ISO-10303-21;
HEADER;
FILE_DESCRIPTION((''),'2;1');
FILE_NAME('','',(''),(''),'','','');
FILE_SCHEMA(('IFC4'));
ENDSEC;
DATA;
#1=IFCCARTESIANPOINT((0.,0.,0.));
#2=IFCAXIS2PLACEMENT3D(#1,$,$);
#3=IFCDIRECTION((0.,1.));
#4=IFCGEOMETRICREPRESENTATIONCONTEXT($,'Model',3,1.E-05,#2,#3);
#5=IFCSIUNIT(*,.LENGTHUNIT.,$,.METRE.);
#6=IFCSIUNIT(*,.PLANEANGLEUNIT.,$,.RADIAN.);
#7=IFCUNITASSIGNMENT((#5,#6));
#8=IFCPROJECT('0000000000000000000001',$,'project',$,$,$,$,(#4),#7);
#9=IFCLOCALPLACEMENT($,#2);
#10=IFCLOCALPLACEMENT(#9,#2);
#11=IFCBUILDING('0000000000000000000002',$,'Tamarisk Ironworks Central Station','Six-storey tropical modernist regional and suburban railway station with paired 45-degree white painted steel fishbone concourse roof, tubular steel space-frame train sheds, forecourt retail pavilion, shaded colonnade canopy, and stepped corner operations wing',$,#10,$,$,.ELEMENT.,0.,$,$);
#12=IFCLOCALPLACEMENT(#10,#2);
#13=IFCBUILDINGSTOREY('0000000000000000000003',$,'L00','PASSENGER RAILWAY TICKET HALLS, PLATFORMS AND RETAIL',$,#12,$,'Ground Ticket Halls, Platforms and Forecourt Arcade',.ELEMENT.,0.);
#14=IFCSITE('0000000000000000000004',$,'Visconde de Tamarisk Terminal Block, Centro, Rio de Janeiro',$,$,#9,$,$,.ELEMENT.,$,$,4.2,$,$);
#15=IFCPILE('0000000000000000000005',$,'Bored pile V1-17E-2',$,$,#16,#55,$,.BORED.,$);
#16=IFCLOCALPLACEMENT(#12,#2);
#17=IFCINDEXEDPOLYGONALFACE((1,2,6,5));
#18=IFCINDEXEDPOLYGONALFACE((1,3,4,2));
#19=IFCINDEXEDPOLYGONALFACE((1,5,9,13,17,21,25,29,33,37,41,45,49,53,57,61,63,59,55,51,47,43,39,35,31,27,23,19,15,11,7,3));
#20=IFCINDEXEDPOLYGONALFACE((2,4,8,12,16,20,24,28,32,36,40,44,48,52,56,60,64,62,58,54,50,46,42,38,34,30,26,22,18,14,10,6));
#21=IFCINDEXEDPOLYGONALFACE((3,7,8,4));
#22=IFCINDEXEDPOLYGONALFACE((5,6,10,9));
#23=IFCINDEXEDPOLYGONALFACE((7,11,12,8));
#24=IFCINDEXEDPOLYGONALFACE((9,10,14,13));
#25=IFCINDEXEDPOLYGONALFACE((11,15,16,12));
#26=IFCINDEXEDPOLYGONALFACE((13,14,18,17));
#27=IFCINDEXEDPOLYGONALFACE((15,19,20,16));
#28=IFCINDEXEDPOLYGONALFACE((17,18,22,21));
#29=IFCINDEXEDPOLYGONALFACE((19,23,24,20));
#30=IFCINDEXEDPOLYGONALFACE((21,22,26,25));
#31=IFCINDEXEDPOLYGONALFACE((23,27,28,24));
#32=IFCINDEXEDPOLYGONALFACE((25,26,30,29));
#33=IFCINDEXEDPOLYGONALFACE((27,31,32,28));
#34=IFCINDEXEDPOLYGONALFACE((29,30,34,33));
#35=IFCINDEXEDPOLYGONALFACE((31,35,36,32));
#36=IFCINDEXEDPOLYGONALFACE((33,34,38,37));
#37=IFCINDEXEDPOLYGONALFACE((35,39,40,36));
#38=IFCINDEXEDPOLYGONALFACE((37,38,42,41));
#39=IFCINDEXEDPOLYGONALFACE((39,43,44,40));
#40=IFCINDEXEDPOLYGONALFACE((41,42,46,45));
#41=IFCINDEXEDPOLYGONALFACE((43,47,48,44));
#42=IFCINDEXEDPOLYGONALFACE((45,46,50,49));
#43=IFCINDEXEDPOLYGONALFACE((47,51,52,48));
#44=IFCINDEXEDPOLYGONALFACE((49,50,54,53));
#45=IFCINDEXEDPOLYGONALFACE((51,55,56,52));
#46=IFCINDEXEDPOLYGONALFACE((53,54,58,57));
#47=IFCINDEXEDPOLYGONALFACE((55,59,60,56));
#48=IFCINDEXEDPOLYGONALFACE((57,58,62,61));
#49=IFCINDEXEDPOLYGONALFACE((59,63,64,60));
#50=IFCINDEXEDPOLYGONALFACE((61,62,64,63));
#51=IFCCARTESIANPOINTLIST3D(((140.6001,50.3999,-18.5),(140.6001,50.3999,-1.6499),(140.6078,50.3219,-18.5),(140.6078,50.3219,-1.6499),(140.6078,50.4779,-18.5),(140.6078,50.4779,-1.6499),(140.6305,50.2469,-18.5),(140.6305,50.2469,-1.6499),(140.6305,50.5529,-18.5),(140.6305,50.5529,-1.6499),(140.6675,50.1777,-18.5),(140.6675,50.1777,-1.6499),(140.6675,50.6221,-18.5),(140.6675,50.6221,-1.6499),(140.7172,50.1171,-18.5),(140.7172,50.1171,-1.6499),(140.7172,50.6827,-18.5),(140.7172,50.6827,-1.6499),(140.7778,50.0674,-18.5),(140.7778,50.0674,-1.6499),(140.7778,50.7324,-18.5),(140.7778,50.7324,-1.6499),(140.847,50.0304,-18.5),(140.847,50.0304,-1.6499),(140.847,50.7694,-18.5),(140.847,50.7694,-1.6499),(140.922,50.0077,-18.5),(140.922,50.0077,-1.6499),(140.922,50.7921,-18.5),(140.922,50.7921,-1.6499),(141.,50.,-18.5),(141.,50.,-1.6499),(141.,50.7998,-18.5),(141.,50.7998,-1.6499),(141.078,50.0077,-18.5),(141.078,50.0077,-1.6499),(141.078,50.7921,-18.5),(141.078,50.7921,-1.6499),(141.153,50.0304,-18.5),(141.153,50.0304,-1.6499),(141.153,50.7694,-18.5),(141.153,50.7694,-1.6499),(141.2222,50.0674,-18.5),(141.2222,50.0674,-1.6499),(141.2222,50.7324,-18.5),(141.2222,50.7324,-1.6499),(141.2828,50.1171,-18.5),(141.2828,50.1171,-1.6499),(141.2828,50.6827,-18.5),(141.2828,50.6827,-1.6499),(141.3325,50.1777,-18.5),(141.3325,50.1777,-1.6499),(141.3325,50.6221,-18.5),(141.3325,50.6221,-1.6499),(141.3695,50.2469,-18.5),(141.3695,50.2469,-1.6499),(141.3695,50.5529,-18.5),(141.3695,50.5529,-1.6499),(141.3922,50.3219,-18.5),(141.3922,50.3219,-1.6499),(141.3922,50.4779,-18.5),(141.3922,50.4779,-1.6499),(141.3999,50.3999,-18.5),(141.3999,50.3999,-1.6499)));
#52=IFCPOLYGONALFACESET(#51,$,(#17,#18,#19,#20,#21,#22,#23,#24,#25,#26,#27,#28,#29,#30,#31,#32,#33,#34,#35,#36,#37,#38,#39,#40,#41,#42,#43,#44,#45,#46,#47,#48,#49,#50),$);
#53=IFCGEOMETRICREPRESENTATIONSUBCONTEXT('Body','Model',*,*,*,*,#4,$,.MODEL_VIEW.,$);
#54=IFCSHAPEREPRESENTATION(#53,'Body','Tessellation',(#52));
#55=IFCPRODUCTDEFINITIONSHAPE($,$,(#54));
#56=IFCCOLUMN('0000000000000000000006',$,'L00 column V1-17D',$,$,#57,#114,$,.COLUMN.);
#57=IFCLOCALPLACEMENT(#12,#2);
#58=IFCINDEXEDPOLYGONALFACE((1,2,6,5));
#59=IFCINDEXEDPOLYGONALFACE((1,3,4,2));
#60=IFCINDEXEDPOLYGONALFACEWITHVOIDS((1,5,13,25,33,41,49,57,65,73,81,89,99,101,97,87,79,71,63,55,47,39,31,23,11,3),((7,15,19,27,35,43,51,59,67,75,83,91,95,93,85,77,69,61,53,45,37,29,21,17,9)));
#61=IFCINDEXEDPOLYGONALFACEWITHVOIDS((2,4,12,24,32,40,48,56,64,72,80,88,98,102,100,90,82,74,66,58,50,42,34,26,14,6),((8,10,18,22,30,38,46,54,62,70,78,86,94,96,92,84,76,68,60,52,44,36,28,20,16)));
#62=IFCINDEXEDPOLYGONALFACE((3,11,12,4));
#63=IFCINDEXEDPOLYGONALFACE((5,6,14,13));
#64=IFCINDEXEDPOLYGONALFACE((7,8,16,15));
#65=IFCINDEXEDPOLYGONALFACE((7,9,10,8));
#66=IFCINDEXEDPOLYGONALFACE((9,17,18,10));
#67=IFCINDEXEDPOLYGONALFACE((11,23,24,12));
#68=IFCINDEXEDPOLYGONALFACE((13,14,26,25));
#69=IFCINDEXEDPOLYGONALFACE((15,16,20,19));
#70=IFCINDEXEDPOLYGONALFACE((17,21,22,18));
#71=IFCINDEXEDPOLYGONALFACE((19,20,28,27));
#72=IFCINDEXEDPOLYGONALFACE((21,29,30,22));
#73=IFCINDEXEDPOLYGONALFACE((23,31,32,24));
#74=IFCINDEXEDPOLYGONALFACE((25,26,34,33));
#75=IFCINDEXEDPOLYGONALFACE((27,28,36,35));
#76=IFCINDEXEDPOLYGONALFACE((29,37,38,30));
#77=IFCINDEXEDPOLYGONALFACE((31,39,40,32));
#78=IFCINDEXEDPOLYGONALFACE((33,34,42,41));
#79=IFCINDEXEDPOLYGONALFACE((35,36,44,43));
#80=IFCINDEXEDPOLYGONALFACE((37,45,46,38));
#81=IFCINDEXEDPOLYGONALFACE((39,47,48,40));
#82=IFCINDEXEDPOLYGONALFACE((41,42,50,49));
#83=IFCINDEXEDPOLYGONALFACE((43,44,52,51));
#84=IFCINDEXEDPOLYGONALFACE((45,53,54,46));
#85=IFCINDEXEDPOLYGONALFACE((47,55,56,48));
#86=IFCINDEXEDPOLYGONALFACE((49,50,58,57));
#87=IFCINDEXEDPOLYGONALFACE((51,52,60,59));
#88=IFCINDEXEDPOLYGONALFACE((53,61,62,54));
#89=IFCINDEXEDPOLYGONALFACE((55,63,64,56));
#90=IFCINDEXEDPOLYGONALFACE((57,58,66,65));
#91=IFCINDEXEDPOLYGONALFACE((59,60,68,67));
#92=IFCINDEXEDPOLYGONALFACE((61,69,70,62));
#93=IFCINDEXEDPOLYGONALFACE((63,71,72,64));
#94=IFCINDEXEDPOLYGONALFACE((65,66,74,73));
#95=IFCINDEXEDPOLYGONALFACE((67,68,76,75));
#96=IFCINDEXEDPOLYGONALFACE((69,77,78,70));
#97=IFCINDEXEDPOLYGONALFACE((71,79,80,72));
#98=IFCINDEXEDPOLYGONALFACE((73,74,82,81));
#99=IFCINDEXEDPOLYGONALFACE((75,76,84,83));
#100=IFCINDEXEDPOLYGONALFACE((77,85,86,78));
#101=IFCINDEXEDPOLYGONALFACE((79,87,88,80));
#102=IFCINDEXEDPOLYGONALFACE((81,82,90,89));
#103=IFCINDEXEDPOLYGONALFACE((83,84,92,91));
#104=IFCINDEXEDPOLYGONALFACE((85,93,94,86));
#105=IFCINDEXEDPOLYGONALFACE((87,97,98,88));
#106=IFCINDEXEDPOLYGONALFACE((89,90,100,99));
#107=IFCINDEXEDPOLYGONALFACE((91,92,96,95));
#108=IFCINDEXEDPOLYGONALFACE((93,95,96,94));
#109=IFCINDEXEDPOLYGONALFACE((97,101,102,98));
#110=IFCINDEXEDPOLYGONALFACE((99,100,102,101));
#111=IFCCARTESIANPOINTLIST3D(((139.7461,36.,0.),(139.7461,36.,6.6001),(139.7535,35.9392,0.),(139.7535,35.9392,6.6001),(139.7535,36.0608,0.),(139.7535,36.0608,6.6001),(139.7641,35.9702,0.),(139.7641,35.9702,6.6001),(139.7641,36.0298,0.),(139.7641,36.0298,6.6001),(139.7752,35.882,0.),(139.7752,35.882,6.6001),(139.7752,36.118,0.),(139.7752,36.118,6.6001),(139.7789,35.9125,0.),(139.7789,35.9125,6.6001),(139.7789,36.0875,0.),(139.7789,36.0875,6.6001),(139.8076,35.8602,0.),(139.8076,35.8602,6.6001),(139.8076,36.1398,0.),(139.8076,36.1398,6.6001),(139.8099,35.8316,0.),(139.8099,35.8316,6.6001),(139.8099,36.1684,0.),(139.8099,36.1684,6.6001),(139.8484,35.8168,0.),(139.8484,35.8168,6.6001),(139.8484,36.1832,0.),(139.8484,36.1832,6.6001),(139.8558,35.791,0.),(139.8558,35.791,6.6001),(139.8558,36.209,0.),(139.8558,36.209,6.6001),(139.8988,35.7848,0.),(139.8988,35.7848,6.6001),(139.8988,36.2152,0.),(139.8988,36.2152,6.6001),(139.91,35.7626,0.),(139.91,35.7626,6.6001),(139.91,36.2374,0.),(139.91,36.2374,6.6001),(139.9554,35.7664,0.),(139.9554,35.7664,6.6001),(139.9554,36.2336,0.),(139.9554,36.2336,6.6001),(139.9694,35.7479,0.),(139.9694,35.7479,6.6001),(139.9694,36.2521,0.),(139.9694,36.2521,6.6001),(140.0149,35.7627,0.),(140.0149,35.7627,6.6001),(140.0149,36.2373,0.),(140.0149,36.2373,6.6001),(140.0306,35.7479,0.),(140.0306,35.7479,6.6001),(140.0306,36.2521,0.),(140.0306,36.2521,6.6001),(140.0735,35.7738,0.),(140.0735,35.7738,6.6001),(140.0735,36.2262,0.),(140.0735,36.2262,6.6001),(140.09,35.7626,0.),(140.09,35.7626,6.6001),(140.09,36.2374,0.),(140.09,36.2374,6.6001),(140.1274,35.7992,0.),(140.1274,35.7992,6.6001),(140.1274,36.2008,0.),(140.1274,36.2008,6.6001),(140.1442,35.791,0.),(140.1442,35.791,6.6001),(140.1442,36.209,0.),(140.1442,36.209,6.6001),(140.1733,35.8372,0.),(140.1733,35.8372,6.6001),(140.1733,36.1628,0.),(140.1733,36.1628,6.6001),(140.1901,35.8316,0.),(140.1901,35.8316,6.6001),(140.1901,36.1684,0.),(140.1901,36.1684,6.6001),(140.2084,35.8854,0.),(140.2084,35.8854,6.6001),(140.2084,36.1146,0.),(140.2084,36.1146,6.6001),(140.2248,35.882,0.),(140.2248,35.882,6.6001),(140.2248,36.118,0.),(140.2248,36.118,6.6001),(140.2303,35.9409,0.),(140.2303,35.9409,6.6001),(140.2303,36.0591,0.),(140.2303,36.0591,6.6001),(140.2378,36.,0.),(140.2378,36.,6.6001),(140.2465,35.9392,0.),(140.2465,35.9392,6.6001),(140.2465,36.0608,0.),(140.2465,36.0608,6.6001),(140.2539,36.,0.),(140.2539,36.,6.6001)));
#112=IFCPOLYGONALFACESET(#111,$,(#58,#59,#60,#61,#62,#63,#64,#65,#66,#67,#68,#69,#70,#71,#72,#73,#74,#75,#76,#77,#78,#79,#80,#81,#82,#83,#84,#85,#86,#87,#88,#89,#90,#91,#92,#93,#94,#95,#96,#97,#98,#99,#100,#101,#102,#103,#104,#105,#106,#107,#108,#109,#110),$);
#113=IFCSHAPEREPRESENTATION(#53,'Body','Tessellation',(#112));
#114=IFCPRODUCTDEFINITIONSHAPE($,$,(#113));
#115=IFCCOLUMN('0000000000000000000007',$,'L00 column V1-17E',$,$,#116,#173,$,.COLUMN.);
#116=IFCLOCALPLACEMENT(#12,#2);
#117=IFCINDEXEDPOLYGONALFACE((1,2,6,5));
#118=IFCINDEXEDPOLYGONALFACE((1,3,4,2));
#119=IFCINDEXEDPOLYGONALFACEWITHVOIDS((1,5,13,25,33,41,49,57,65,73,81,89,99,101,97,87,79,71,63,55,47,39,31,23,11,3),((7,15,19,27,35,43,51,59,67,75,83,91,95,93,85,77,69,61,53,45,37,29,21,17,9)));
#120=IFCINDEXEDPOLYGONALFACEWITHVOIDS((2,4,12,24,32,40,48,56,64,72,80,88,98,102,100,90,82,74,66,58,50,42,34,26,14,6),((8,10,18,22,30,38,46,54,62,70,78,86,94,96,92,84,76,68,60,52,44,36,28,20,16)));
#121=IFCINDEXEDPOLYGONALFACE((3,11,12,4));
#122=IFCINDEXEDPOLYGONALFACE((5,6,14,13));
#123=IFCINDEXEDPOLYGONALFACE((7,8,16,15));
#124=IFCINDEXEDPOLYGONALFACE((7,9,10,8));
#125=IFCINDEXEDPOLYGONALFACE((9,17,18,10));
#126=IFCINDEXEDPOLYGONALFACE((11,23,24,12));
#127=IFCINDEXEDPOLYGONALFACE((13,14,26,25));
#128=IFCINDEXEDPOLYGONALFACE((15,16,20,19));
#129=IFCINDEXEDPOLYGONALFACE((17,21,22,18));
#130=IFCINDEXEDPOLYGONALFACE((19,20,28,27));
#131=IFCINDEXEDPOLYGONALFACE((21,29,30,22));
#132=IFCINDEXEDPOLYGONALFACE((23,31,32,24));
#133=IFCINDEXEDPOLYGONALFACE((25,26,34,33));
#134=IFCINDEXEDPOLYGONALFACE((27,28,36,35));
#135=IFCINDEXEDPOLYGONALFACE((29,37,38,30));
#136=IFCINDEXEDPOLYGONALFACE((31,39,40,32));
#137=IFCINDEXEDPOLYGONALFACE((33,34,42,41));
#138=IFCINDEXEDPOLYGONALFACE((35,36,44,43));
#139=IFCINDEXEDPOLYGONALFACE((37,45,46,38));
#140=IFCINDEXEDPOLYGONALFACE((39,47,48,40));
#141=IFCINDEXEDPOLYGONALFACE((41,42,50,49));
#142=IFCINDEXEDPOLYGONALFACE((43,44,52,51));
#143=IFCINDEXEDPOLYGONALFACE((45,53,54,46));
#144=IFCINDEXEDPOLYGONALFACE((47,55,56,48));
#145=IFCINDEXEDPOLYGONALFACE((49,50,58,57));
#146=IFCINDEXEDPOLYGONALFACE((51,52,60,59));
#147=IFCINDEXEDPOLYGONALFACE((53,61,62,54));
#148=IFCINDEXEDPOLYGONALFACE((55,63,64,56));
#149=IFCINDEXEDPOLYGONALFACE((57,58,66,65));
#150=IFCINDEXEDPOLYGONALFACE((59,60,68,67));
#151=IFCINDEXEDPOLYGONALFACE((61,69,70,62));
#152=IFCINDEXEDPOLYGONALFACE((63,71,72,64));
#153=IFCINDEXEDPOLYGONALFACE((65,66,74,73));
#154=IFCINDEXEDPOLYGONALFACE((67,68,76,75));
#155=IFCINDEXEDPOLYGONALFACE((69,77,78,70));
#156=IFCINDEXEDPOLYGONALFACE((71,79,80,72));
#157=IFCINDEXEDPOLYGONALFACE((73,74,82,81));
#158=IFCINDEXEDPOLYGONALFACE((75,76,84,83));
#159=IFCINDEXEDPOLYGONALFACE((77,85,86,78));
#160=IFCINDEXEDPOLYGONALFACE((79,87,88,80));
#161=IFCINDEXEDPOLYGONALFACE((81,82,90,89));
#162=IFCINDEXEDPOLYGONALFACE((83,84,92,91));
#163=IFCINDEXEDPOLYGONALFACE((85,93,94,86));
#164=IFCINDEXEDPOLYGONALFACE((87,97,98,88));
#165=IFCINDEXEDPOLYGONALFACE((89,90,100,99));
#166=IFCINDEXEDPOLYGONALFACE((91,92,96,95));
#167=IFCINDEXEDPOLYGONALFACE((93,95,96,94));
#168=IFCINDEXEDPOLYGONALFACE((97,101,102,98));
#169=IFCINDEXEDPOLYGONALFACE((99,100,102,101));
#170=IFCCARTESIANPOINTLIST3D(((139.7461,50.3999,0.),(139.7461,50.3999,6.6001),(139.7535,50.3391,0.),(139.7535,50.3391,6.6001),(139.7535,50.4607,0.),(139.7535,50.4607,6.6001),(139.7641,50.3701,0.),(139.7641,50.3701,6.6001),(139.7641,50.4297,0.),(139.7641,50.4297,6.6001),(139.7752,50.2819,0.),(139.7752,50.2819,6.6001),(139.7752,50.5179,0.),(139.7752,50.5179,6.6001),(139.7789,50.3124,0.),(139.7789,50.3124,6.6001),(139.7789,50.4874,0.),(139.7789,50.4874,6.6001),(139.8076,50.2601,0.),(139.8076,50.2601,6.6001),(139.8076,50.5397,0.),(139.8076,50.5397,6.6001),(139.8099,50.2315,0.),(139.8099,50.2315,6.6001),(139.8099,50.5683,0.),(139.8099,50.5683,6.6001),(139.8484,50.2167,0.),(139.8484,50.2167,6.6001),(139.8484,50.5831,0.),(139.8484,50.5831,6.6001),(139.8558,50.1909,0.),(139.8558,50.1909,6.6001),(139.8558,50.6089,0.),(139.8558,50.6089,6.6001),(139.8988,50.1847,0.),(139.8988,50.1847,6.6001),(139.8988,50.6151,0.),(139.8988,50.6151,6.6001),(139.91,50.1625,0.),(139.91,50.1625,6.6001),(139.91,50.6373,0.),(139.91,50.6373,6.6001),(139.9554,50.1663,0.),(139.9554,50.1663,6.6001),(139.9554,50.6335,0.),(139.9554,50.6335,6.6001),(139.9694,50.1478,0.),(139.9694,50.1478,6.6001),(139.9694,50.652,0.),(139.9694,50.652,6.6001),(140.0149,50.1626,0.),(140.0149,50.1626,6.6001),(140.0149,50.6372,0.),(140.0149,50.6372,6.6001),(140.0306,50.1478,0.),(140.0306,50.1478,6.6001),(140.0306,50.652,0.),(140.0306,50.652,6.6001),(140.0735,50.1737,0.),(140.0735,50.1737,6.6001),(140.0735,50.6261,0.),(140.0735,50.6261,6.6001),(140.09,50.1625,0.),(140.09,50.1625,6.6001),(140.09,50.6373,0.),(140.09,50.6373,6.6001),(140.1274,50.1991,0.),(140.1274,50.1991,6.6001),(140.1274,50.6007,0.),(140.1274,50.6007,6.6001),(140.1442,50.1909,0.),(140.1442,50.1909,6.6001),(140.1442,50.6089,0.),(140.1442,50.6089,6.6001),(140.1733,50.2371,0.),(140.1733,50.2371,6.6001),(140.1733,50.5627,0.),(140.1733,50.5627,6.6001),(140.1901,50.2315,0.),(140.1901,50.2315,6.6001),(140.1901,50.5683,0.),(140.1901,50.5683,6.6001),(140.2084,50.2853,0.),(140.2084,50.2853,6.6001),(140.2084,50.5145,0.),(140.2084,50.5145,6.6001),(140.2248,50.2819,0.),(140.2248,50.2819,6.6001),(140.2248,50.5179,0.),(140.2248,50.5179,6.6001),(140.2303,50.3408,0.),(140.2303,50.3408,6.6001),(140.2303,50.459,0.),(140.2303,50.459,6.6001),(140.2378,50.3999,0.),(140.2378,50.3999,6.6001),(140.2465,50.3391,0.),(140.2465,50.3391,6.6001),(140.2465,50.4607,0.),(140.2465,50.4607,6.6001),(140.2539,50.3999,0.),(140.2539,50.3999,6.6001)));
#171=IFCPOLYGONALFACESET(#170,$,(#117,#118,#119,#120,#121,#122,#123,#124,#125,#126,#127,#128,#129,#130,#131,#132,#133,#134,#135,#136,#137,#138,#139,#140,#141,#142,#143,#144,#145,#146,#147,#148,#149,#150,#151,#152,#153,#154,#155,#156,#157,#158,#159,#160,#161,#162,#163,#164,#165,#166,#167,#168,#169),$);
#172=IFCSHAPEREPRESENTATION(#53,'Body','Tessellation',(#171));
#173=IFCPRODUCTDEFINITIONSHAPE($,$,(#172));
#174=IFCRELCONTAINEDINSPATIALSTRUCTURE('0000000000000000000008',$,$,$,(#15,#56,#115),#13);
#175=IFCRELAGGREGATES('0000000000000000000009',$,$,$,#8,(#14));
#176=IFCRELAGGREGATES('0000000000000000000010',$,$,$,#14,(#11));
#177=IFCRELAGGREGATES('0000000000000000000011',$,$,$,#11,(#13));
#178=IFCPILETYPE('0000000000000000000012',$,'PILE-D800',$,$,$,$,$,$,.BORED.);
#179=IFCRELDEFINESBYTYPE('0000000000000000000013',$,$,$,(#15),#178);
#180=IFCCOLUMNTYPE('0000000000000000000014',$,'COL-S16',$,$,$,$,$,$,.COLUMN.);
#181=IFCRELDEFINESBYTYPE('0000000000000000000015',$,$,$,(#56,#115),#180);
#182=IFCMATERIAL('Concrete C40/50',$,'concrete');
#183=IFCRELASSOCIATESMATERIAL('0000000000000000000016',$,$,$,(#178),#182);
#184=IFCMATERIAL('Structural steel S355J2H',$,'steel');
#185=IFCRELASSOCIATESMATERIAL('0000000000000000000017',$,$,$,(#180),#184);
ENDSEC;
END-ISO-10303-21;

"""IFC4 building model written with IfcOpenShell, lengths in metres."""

from ifc_helpers import new_model, si_unit, direction, frame, origin, origin_2d, place, context, subcontext, project, spatial, circle, hollow_circle, extrude, material, material_profile, profile_set, type_object, element, save


model = new_model("IFC4")

# Units and contexts
model_context = context("Model", 3, precision=1e-05, world=origin(), true_north=direction((0.0, 1.0)))
body_context = subcontext(model_context, "Body", "Model", "MODEL_VIEW")
ifc_project = project(units=[si_unit("LENGTHUNIT", "METRE"), si_unit("PLANEANGLEUNIT", "RADIAN")], contexts=[model_context])

# Site, building, storey
site_placement = place(None, origin())
site = spatial("IfcSite", under=ifc_project, at=site_placement, Name="Visconde de Tamarisk Terminal Block, Centro, Rio de Janeiro", CompositionType="ELEMENT", RefElevation=4.2)
building_placement = place(site_placement, origin())
building = spatial("IfcBuilding", under=site, at=building_placement, Name="Tamarisk Ironworks Central Station", Description="Six-storey tropical modernist regional and suburban railway station with paired 45-degree white painted steel fishbone concourse roof, tubular steel space-frame train sheds, forecourt retail pavilion, shaded colonnade canopy, and stepped corner operations wing", CompositionType="ELEMENT", ElevationOfRefHeight=0.0)
storey_placement = place(building_placement, origin())
storey = spatial("IfcBuildingStorey", under=building, at=storey_placement, Name="L00", Description="PASSENGER RAILWAY TICKET HALLS, PLATFORMS AND RETAIL", LongName="Ground Ticket Halls, Platforms and Forecourt Arcade", CompositionType="ELEMENT", Elevation=0.0)

# Shared definitions
ifc_material_1 = material(Name="Concrete C40/50", Category="concrete")

# Pile
ifc_material_profile_1 = material_profile(ifc_material_1, circle(Radius=0.3999, at=origin_2d()), Name="BORED PILE D800")
ifc_profile_set_1 = profile_set([ifc_material_profile_1], Name="Concrete C40/50")
pile_type = type_object("IfcPileType", Name="PILE-D800", PredefinedType="BORED", material=ifc_profile_set_1)
for number, where, z_axis, x_axis, name in (
    (1, (141.0, 50.3999, -1.6499), (0.0, 0.0, -1.0), (1.0, 0.0, 0.0), "Bored pile V1-17E-2"),
):
    element("IfcPile", number, at=place(storey_placement, frame(where, z_axis=z_axis, x_axis=x_axis)), inside=storey, type_object=pile_type, Name=name, PredefinedType="BORED", context=body_context, shape_type="SweptSolid", body=[
        extrude(circle(Radius=0.3999, at=origin_2d()), origin(), (0.0, 0.0, 1.0), 16.8501),
    ])

# Columns
ifc_material_2 = material(Name="Structural steel S355J2H", Category="steel")
ifc_material_profile_2 = material_profile(ifc_material_2, hollow_circle(Radius=0.2539, WallThickness=0.0161, at=origin_2d()), Name="CHS 508x16")
ifc_profile_set_2 = profile_set([ifc_material_profile_2], Name="Structural steel S355J2H")
column_type_1 = type_object("IfcColumnType", Name="COL-S16", PredefinedType="COLUMN", material=ifc_profile_set_2)
for number, where, z_axis, x_axis, name in (
    (2, (140.0, 36.0, 0.0), (0.0, 0.0, 1.0), (1.0, 0.0, 0.0), "L00 column V1-17D"),
    (3, (140.0, 50.3999, 0.0), (0.0, 0.0, 1.0), (1.0, 0.0, 0.0), "L00 column V1-17E"),
):
    element("IfcColumn", number, at=place(storey_placement, frame(where, z_axis=z_axis, x_axis=x_axis)), inside=storey, type_object=column_type_1, Name=name, PredefinedType="COLUMN", context=body_context, shape_type="SweptSolid", body=[
        extrude(hollow_circle(Radius=0.2539, WallThickness=0.0161, at=origin_2d()), origin(), (0.0, 0.0, 1.0), 6.6001),
    ])

save(model, "model.ifc")
